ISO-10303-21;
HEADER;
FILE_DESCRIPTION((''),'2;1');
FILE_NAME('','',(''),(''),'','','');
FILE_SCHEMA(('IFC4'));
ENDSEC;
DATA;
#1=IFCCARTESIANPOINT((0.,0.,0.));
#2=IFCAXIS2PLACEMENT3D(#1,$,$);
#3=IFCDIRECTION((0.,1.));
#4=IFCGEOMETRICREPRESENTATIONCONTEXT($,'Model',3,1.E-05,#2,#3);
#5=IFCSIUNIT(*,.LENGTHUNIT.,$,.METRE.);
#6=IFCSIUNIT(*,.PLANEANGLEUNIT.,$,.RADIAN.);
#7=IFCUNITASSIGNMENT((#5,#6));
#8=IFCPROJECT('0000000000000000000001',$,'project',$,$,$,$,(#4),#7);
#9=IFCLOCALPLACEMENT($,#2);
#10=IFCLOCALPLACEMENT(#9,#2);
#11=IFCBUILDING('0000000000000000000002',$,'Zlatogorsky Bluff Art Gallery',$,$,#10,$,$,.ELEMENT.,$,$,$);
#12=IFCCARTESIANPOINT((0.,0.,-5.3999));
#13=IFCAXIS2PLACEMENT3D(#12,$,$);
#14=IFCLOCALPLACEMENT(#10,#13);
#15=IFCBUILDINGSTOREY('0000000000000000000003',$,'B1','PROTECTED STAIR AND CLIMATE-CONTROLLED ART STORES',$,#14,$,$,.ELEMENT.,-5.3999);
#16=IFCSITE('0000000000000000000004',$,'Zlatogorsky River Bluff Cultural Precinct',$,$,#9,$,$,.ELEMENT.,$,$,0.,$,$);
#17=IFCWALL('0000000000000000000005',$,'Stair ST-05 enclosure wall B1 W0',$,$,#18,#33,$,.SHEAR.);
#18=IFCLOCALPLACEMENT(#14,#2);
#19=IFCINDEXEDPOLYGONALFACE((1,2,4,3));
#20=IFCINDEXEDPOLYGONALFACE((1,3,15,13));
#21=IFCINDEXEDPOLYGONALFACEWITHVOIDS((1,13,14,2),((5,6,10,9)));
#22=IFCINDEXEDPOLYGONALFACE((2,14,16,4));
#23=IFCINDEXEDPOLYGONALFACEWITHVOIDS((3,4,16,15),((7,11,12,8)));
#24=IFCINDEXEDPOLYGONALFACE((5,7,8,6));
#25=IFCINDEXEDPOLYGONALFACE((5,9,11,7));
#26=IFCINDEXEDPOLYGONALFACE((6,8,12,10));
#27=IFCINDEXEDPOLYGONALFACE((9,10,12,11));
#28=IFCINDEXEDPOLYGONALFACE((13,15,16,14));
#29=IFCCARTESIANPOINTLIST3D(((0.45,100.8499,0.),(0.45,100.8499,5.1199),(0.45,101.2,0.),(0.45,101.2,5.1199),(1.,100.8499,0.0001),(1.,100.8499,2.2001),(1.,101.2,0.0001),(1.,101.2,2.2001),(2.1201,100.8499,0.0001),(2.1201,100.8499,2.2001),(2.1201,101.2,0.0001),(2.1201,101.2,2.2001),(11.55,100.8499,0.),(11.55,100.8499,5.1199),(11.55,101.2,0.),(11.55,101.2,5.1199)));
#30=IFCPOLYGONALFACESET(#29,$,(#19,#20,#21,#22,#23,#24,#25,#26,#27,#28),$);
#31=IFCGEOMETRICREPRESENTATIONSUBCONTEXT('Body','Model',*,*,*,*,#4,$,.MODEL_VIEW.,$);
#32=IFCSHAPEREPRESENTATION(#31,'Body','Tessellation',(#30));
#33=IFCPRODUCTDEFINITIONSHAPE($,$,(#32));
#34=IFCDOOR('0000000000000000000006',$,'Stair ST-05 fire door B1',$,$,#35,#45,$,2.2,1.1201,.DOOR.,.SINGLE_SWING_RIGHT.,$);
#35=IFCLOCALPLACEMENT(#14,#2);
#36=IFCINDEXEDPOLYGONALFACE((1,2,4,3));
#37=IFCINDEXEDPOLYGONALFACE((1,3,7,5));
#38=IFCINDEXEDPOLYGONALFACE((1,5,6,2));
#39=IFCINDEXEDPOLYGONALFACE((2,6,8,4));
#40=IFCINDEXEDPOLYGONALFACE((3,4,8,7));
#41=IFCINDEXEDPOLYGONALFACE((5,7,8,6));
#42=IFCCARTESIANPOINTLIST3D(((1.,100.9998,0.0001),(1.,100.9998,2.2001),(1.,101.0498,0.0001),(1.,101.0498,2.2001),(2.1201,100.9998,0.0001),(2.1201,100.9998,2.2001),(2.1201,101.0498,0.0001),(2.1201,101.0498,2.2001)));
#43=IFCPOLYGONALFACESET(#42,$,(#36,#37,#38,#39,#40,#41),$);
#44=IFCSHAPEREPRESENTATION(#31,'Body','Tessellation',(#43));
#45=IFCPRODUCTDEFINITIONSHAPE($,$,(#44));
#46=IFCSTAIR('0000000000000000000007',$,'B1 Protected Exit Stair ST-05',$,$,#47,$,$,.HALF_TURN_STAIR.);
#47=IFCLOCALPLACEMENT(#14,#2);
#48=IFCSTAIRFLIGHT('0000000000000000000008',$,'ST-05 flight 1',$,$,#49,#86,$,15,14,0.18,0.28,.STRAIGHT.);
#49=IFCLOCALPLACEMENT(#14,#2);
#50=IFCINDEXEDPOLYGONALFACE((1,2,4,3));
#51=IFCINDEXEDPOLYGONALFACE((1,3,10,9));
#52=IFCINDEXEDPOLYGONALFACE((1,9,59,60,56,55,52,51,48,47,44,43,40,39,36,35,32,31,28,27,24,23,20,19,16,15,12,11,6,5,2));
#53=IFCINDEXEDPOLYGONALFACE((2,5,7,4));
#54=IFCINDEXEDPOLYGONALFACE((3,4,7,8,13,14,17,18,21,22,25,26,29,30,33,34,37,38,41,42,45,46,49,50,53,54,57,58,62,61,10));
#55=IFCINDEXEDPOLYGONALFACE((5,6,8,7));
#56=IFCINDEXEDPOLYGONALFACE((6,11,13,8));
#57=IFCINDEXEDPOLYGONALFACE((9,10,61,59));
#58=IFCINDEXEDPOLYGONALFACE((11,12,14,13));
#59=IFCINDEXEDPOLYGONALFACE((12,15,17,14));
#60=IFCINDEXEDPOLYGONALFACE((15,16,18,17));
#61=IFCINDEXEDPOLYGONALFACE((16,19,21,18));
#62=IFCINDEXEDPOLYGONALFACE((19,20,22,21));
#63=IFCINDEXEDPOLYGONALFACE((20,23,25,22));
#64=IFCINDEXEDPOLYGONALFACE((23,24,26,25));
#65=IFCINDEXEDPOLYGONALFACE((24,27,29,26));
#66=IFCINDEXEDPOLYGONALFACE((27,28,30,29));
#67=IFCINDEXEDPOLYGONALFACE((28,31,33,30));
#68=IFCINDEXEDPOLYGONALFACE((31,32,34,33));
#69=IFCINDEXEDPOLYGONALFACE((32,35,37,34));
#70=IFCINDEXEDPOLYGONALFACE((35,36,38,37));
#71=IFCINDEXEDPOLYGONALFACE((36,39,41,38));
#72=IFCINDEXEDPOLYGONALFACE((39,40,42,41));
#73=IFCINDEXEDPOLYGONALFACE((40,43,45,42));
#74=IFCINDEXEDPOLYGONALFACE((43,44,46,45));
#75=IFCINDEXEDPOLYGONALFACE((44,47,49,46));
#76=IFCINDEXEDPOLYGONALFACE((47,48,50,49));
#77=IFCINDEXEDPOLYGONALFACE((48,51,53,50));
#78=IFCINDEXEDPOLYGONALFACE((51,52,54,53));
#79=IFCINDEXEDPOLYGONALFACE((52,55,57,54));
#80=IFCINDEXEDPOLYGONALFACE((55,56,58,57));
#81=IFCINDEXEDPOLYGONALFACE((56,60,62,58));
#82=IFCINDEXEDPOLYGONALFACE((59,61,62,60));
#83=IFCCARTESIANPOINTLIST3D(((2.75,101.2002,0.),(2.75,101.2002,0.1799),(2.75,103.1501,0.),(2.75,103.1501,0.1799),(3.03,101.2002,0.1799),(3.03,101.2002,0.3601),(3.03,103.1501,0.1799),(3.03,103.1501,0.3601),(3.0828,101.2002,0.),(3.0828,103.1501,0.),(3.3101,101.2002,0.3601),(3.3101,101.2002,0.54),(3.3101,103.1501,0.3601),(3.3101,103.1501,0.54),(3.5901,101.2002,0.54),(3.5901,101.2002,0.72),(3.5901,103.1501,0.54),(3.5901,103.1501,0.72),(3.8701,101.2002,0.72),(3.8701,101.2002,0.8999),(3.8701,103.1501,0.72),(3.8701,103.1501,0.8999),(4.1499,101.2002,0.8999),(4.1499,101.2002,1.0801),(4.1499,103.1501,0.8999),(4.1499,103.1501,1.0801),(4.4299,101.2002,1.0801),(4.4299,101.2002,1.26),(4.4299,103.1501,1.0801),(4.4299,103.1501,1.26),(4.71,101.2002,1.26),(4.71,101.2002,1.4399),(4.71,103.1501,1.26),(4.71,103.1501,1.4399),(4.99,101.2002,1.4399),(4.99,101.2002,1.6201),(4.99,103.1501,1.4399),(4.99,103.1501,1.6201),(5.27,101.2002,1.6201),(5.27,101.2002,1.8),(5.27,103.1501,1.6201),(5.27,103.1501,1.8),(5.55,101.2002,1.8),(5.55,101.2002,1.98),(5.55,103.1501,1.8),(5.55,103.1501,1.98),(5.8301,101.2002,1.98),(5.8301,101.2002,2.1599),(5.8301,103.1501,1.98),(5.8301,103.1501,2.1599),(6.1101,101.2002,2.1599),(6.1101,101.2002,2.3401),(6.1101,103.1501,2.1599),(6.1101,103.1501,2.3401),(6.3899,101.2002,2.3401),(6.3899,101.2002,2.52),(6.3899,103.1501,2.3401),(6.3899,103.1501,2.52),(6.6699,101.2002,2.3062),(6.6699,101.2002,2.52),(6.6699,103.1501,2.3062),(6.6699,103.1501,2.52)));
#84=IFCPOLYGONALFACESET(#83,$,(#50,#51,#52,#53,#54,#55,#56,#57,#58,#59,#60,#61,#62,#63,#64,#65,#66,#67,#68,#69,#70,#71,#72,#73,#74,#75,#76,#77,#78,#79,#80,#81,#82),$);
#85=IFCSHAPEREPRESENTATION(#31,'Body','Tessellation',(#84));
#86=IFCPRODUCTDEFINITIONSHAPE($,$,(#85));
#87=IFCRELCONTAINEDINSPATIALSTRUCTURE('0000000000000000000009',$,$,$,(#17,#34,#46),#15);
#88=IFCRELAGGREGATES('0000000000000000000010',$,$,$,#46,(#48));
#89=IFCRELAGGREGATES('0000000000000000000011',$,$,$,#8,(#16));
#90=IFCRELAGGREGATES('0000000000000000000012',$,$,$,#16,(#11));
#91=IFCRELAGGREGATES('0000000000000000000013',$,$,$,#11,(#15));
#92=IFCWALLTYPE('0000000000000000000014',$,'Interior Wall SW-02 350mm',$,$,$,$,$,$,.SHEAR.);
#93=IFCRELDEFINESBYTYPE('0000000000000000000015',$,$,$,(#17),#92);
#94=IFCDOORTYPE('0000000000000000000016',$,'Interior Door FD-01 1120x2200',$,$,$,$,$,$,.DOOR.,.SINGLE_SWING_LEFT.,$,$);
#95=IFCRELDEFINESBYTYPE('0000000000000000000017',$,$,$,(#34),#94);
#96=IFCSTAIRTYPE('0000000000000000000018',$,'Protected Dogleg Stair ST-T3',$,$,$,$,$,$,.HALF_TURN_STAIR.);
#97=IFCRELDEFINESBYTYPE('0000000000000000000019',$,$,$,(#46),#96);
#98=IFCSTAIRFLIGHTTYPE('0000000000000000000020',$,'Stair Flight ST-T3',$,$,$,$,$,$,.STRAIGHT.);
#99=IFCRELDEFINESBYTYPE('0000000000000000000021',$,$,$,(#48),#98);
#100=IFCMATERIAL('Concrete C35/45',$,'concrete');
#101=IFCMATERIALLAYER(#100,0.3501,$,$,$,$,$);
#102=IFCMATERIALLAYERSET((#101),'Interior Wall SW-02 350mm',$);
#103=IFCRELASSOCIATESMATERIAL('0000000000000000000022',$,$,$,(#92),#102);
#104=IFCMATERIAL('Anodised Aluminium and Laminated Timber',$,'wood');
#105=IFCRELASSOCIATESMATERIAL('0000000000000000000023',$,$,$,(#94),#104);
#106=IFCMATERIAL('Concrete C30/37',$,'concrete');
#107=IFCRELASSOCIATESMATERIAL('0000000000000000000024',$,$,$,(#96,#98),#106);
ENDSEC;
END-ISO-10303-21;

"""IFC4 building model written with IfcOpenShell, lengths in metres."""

from ifc_helpers import new_model, si_unit, direction, frame, frame_2d, origin, place, context, subcontext, project, spatial, polyline, rectangle, outline, extrude, material, layer, layer_set, type_object, element, fill, aggregate, save


model = new_model("IFC4")

# Units and contexts
model_context = context("Model", 3, precision=1e-05, world=origin(), true_north=direction((0.0, 1.0)))
body_context = subcontext(model_context, "Body", "Model", "MODEL_VIEW")
ifc_project = project(units=[si_unit("LENGTHUNIT", "METRE"), si_unit("PLANEANGLEUNIT", "RADIAN")], contexts=[model_context])

# Site, building, storey
site_placement = place(None, origin())
site = spatial("IfcSite", under=ifc_project, at=site_placement, Name="Zlatogorsky River Bluff Cultural Precinct", CompositionType="ELEMENT", RefElevation=0.0)
building_placement = place(site_placement, origin())
building = spatial("IfcBuilding", under=site, at=building_placement, Name="Zlatogorsky Bluff Art Gallery", CompositionType="ELEMENT")
storey_placement = place(building_placement, frame((0.0, 0.0, -5.3999)))
storey = spatial("IfcBuildingStorey", under=building, at=storey_placement, Name="B1", Description="PROTECTED STAIR AND CLIMATE-CONTROLLED ART STORES", CompositionType="ELEMENT", Elevation=-5.3999)

# Shared definitions
ifc_material_1 = material(Name="Concrete C35/45", Category="concrete")

# Wall, opening, door
ifc_material_2 = material(Name="Anodised Aluminium and Laminated Timber", Category="wood")
ifc_layer_1 = layer(ifc_material_1, 0.3501)
ifc_layer_set_1 = layer_set([ifc_layer_1], Name="Interior Wall SW-02 350mm")
wall_type_1 = type_object("IfcWallType", Name="Interior Wall SW-02 350mm", PredefinedType="SHEAR", material=ifc_layer_set_1)
wall_1_placement = place(storey_placement, frame((0.45, 101.0249, 0.0), z_axis=(0.0, 0.0, 1.0), x_axis=(1.0, 0.0, 0.0)))
wall_1 = element("IfcWall", 1, at=wall_1_placement, inside=storey, type_object=wall_type_1, Name="Stair ST-05 enclosure wall B1 W0", PredefinedType="SHEAR", context=body_context, shape_type="SweptSolid", body=[
    extrude(rectangle(XDim=11.1001, YDim=0.3501, at=frame_2d((5.55, 0.0))), origin(), (0.0, 0.0, 1.0), 5.1199),
])
opening_1_placement = place(wall_1_placement, frame((0.55, 0.0, 0.0)))
opening_1 = element("IfcOpeningElement", 2, at=opening_1_placement, cuts=wall_1, PredefinedType="OPENING", context=body_context, shape_type="SweptSolid", body=[
    extrude(rectangle(XDim=1.1201, YDim=2.2, at=frame_2d((0.5601, 1.1001))), frame((0.0, 0.1851, 0.0), z_axis=(0.0, -1.0, 0.0), x_axis=(1.0, 0.0, 0.0)), (0.0, 0.0, 1.0), 0.3701),
])
door_type_1 = type_object("IfcDoorType", Name="Interior Door FD-01 1120x2200", OperationType="SINGLE_SWING_LEFT", PredefinedType="DOOR", material=ifc_material_2)
door_1_placement = place(opening_1_placement, origin())
door_1 = element("IfcDoor", 3, at=door_1_placement, inside=storey, type_object=door_type_1, Name="Stair ST-05 fire door B1", OperationType="SINGLE_SWING_RIGHT", OverallHeight=2.2, OverallWidth=1.1201, PredefinedType="DOOR", context=body_context, shape_type="SweptSolid", body=[
    extrude(rectangle(XDim=1.1201, YDim=2.2, at=frame_2d((0.5601, 1.1001))), frame((0.0, 0.0249, 0.0), z_axis=(0.0, -1.0, 0.0), x_axis=(1.0, 0.0, 0.0)), (0.0, 0.0, 1.0), 0.05),
])
fill(opening_1, door_1)

# Stair, stair flight
ifc_material_3 = material(Name="Concrete C30/37", Category="concrete")
stair_type = type_object("IfcStairType", Name="Protected Dogleg Stair ST-T3", PredefinedType="HALF_TURN_STAIR", material=ifc_material_3)
stair_placement = place(storey_placement, origin())
stair = element("IfcStair", 4, at=stair_placement, inside=storey, type_object=stair_type, Name="B1 Protected Exit Stair ST-05", PredefinedType="HALF_TURN_STAIR")
stair_flight_type = type_object("IfcStairFlightType", Name="Stair Flight ST-T3", PredefinedType="STRAIGHT", material=ifc_material_3)
stair_flight_placement = place(storey_placement, frame((2.75, 102.175, 0.0), z_axis=(0.0, 0.0, 1.0), x_axis=(1.0, 0.0, 0.0)))
stair_flight = element("IfcStairFlight", 5, at=stair_flight_placement, type_object=stair_flight_type, Name="ST-05 flight 1", NumberOfRisers=15, NumberOfTreads=14, PredefinedType="STRAIGHT", RiserHeight=0.18, TreadLength=0.28, context=body_context, shape_type="SweptSolid", body=[
    extrude(outline(polyline([(0.0, 0.0), (0.0, 0.1799), (0.28, 0.1799), (0.28, 0.3601), (0.5601, 0.3601), (0.5601, 0.54), (0.8401, 0.54), (0.8401, 0.72), (1.1201, 0.72), (1.1201, 0.8999), (1.3999, 0.8999), (1.3999, 1.0801), (1.6799, 1.0801), (1.6799, 1.26), (1.96, 1.26), (1.96, 1.4399), (2.24, 1.4399), (2.24, 1.6201), (2.52, 1.6201), (2.52, 1.8), (2.8, 1.8), (2.8, 1.98), (3.0801, 1.98), (3.0801, 2.1599), (3.3601, 2.1599), (3.3601, 2.3401), (3.6399, 2.3401), (3.6399, 2.52), (3.9199, 2.52), (3.9199, 2.7), (3.9199, 2.3062), (0.3328, 0.0), (0.0, 0.0)])), frame((0.0, 0.9751, 0.0), z_axis=(0.0, -1.0, 0.0), x_axis=(1.0, 0.0, 0.0)), (0.0, 0.0, 1.0), 1.95),
])
aggregate(stair, [stair_flight])

save(model, "model.ifc")
